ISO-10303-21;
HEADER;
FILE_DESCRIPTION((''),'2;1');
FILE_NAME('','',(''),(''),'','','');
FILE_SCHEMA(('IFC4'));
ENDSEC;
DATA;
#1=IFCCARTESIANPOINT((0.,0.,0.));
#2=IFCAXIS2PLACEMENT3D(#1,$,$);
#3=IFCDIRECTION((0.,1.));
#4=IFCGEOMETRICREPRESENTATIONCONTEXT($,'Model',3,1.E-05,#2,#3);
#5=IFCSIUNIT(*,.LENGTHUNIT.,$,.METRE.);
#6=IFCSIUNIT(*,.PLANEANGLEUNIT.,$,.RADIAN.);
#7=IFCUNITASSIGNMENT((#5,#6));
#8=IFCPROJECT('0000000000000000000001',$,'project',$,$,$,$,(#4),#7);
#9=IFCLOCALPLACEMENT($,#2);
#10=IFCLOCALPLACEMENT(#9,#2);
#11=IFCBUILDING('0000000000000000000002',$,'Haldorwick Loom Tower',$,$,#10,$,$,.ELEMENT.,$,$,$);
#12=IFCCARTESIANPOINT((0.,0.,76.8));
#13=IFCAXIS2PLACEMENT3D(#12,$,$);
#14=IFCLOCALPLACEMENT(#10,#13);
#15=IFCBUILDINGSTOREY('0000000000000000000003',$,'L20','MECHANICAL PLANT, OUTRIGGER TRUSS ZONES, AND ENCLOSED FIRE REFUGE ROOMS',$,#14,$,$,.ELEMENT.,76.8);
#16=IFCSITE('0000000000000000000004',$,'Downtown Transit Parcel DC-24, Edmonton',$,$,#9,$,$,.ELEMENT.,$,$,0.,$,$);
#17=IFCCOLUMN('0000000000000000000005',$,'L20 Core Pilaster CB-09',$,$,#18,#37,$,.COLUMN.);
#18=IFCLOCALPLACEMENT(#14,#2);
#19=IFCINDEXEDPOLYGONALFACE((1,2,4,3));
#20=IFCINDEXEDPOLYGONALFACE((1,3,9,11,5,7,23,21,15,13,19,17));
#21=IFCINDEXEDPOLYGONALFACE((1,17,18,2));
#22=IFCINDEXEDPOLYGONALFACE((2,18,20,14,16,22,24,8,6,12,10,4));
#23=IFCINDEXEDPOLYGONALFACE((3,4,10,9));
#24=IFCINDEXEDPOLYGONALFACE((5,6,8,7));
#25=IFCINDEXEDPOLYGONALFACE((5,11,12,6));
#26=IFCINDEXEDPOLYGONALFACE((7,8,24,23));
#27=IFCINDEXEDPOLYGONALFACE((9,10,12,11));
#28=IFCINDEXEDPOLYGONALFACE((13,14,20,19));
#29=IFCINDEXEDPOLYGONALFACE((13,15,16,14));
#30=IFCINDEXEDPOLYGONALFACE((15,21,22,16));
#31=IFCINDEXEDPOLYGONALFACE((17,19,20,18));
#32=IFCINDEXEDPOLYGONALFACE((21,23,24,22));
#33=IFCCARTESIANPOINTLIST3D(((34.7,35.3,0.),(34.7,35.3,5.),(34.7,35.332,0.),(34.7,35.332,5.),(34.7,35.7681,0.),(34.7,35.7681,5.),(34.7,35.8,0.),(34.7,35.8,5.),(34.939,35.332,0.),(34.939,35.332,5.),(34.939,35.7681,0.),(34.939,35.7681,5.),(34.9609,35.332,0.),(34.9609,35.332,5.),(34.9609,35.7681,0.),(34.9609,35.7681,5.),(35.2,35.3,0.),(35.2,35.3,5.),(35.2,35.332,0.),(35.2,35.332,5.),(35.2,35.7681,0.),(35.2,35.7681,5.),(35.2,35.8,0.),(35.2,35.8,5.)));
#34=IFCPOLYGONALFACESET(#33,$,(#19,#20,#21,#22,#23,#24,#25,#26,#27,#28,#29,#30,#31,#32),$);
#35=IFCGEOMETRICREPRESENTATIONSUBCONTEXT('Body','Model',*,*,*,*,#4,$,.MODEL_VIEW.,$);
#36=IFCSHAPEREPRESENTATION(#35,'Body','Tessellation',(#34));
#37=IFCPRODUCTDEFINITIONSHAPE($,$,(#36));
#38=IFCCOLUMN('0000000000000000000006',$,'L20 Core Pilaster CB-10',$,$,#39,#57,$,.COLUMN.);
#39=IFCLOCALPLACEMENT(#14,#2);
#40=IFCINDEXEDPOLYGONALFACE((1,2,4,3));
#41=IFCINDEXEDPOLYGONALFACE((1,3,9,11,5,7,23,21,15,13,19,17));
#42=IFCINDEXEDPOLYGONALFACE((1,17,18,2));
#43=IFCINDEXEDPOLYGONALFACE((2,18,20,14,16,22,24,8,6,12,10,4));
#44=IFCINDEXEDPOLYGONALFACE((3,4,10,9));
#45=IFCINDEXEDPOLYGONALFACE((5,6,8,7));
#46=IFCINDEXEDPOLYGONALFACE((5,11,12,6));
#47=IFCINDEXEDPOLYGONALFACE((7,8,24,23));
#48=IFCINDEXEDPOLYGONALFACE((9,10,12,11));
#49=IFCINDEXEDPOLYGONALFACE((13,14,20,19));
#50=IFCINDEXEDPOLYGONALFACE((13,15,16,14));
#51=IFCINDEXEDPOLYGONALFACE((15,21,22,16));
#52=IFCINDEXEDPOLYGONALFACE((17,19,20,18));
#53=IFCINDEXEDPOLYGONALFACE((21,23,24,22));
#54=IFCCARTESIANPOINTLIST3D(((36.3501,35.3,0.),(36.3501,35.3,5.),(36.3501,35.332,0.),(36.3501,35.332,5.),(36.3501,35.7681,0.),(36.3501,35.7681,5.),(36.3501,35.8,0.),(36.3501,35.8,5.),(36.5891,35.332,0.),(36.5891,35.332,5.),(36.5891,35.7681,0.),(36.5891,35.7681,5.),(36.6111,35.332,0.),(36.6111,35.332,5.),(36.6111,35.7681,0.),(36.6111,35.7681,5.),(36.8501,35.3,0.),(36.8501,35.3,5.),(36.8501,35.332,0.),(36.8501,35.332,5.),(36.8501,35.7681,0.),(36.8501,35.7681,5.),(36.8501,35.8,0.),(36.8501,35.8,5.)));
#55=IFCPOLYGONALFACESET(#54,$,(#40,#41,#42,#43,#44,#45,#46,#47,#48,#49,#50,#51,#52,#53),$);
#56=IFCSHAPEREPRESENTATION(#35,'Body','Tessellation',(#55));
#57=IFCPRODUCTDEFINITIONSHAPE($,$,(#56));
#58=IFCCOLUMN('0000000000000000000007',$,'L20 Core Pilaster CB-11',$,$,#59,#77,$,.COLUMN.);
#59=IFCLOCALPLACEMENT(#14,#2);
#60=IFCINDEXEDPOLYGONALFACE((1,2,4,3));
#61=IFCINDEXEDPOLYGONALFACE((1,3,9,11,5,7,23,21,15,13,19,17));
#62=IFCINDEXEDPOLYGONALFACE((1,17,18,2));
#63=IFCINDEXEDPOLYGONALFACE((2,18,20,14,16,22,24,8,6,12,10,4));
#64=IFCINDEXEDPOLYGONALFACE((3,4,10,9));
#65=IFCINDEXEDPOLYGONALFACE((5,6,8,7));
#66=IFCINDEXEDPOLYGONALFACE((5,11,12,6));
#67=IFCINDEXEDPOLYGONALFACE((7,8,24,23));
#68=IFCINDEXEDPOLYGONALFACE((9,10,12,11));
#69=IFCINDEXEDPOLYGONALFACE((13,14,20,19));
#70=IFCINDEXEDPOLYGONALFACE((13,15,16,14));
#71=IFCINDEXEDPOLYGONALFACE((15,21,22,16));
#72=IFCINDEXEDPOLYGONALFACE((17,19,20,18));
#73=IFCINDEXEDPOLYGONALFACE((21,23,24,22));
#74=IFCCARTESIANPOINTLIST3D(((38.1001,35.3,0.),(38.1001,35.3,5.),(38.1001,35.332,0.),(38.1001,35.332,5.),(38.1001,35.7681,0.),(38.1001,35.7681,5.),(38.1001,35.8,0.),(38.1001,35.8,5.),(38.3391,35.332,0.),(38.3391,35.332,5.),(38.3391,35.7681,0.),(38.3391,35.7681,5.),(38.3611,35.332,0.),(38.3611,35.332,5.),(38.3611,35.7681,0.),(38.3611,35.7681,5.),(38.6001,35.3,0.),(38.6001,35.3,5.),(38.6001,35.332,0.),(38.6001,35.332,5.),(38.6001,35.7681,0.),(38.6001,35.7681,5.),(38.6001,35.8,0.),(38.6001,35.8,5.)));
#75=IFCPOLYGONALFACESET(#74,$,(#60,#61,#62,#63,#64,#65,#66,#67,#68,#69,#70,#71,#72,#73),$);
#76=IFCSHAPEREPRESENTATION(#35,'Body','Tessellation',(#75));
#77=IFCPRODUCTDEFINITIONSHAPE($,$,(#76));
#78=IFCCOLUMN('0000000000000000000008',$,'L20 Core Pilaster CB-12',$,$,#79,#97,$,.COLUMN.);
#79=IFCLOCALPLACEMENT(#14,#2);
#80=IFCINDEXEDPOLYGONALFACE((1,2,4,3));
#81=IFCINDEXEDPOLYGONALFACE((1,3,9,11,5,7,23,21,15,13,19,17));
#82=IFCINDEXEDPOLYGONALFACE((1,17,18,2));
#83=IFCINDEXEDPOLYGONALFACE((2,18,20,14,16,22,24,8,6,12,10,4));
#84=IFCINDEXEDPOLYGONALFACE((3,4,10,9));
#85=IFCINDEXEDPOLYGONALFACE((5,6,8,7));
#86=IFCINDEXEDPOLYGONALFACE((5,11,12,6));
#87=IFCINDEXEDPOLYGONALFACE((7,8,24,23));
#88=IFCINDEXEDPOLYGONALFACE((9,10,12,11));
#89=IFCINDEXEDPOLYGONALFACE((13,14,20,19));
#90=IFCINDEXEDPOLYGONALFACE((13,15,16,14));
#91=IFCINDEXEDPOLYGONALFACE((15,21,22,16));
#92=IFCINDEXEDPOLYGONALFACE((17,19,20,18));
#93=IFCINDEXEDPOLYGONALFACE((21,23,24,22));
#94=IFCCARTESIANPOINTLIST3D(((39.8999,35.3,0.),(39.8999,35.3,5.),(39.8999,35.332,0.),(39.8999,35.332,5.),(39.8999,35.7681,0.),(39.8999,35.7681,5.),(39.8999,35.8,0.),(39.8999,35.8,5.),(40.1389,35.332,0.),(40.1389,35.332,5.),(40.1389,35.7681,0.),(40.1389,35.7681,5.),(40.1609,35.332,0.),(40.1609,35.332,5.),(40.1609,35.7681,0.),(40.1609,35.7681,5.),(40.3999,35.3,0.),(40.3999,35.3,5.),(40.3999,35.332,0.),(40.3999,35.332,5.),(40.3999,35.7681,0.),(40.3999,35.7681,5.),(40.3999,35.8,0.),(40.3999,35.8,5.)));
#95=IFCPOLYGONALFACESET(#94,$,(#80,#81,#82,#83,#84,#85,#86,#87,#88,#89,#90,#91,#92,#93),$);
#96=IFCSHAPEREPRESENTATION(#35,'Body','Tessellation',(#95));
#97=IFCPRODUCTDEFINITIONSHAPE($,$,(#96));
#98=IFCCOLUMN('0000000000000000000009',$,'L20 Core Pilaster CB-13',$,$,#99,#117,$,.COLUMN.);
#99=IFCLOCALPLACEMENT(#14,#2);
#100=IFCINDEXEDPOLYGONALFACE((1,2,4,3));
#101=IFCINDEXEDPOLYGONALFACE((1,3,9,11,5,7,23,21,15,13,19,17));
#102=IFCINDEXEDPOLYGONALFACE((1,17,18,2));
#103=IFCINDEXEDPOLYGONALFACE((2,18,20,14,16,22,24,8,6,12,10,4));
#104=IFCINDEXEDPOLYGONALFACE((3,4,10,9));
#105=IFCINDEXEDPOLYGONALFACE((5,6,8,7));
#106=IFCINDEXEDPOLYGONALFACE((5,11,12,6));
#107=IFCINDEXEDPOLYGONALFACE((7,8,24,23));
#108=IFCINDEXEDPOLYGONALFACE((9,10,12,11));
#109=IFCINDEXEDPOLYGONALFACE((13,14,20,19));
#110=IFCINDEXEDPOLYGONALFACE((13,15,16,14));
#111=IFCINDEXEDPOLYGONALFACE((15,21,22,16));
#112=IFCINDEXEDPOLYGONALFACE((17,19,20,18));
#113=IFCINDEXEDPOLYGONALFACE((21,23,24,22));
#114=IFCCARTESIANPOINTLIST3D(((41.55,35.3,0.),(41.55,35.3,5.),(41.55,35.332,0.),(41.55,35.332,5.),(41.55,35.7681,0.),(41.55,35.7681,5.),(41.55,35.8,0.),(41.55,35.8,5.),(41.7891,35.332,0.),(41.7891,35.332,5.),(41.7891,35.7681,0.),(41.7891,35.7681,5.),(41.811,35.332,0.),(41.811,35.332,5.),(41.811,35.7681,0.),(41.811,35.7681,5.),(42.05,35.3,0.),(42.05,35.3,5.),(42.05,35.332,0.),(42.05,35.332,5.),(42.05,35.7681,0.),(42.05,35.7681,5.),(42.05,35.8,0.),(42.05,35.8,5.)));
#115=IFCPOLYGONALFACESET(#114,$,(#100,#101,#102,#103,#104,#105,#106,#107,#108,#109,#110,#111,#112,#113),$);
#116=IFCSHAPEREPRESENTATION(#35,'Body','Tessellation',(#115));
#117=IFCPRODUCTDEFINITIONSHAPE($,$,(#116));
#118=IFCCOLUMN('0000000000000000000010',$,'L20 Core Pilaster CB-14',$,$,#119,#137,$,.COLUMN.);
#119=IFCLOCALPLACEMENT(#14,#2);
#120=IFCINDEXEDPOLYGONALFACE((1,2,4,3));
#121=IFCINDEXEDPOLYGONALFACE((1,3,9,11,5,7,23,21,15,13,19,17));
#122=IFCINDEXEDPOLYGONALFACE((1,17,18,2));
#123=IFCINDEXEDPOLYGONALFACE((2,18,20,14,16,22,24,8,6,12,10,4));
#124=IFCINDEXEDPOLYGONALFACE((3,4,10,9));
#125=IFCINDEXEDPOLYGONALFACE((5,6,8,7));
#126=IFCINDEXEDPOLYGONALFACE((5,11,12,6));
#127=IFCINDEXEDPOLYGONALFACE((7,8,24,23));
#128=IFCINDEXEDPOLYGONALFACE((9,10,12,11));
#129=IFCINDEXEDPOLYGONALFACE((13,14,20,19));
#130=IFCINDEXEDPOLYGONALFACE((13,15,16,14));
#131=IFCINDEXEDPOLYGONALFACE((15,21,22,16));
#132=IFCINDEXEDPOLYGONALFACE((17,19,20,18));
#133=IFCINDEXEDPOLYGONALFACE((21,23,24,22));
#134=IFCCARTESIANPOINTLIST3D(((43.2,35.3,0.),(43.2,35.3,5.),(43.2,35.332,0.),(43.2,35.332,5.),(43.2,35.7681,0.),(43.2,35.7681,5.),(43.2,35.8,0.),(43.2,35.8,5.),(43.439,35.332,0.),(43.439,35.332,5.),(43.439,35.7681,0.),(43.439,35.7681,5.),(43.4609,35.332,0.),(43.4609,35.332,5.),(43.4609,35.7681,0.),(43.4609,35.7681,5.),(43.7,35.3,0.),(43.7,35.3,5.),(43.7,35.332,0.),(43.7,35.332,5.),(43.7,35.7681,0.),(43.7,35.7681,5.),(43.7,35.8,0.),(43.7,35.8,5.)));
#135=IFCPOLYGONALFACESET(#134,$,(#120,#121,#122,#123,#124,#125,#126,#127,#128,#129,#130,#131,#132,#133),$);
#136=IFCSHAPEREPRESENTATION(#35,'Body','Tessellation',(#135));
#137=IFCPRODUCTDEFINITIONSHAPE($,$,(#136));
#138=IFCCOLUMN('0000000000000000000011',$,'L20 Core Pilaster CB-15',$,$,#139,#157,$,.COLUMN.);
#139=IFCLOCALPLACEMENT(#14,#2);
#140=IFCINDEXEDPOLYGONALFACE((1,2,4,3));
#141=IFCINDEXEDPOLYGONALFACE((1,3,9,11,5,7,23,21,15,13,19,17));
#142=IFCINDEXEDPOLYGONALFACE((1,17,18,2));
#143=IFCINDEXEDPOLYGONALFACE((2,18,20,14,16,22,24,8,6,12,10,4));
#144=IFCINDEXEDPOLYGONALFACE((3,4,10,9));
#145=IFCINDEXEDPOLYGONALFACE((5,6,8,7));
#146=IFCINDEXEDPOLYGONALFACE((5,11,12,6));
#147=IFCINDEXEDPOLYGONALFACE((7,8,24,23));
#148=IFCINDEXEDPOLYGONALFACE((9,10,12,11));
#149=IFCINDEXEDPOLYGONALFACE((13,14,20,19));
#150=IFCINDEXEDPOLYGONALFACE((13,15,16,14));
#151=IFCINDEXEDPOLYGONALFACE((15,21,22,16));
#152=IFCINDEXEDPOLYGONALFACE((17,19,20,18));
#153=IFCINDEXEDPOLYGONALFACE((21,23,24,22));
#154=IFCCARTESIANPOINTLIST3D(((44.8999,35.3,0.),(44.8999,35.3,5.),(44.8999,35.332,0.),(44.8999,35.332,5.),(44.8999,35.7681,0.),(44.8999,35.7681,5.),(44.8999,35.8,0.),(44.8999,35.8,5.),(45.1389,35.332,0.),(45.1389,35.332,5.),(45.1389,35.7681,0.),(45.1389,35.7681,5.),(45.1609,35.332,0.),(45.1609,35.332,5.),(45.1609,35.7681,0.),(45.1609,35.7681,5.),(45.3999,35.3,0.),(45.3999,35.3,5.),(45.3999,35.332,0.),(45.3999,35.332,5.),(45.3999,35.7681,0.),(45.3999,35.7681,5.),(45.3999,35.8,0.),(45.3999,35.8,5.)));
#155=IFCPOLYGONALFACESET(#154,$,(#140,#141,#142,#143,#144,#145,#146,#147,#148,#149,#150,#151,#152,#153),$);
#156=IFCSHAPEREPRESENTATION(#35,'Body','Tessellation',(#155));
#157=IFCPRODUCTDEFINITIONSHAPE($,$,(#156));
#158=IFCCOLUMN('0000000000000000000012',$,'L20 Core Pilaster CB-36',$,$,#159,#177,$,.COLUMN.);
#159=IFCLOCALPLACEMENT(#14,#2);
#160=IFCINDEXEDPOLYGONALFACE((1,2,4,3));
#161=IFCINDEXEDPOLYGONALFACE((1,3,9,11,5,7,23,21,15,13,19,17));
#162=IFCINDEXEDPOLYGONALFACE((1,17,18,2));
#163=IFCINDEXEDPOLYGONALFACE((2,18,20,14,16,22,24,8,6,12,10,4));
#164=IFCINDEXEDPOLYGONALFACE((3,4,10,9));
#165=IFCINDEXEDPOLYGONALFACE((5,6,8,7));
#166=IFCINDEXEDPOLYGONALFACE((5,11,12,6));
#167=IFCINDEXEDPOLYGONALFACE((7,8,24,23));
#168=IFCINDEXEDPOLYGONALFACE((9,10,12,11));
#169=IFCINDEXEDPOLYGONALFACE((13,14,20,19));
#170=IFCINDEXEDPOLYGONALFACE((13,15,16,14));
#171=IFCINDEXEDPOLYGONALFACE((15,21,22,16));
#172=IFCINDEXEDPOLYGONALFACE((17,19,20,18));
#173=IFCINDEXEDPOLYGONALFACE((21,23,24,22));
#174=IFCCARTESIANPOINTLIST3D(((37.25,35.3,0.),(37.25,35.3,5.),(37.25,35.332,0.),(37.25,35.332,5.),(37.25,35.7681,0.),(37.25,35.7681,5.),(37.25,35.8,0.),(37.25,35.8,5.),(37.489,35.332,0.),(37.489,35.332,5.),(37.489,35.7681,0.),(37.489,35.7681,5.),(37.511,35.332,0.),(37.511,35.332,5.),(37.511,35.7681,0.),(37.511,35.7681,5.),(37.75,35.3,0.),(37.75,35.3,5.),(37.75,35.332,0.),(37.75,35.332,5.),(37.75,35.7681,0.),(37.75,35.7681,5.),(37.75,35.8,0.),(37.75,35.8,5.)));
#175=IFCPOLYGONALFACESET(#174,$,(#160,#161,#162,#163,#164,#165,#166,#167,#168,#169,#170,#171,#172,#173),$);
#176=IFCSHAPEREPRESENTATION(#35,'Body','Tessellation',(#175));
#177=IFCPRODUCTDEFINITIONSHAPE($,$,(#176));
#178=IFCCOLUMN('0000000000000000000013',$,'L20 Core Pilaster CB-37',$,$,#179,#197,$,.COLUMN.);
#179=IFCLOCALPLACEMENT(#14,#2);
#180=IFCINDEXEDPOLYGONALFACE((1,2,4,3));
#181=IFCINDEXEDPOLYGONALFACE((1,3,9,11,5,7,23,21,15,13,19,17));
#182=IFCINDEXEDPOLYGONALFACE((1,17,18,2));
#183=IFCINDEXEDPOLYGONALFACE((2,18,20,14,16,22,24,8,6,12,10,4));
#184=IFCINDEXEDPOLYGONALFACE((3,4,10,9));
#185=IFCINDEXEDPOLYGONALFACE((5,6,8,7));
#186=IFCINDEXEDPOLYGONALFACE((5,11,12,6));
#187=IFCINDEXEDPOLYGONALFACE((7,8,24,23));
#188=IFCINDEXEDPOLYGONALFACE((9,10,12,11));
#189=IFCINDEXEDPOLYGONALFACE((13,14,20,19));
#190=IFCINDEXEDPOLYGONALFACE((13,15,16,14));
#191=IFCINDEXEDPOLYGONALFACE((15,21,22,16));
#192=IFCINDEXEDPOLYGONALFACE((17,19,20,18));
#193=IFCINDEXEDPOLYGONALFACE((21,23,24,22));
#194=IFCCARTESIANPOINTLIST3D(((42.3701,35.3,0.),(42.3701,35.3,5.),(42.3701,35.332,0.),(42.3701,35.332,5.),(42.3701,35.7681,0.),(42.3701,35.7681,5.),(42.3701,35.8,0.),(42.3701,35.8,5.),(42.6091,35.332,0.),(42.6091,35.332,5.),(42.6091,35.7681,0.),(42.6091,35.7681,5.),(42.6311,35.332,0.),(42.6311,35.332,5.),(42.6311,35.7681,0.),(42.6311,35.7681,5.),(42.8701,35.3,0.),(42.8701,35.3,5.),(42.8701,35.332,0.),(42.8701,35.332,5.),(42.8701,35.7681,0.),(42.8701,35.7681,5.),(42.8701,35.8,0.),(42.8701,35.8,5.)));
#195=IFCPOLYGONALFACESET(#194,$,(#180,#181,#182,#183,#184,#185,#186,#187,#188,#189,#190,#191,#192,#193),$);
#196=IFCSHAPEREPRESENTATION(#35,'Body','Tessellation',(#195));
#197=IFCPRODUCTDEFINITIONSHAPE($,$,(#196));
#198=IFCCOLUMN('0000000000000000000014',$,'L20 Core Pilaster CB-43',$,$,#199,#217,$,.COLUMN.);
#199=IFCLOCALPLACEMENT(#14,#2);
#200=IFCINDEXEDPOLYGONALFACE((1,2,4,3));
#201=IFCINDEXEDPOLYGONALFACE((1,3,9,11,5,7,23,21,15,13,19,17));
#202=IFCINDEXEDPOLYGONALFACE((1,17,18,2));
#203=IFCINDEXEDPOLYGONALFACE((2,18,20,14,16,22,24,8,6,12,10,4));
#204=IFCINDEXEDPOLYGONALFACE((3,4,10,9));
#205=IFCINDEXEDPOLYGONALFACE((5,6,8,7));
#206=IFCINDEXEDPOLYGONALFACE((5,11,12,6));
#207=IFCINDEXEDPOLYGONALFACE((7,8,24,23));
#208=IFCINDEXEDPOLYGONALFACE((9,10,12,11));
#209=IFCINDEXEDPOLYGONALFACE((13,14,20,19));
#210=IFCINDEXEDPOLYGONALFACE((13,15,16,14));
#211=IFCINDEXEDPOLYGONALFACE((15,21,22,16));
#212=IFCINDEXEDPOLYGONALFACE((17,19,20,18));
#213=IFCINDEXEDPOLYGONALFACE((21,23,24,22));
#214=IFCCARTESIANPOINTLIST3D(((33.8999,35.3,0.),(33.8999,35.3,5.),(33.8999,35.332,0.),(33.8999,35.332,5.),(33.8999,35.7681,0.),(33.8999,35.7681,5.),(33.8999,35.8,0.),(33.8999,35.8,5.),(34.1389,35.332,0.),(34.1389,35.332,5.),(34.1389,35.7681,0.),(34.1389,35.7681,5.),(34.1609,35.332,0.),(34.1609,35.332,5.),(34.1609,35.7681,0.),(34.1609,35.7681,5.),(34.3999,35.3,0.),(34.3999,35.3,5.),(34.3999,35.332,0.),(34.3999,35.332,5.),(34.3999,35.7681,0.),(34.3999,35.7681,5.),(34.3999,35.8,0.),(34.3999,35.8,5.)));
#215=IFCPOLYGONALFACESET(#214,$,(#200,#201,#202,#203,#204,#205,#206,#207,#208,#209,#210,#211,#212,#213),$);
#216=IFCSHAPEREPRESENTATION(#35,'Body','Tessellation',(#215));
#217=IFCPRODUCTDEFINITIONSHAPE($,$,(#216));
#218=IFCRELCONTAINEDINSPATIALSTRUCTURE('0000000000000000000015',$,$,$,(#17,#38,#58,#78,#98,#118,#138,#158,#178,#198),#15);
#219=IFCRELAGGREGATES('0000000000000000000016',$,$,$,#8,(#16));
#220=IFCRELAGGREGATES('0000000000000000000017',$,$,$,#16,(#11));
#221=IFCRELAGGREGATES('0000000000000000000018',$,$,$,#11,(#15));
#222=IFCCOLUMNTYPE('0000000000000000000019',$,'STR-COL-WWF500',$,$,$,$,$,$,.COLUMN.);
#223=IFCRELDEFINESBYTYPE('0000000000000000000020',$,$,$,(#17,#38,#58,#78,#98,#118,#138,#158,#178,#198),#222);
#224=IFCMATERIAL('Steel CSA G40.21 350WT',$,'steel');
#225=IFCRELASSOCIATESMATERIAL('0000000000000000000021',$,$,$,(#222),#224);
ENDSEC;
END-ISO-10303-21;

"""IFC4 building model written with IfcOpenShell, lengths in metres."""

from ifc_helpers import new_model, si_unit, direction, frame, origin, origin_2d, place, context, subcontext, project, spatial, i_section, extrude, material, material_profile, profile_set, type_object, element, save


model = new_model("IFC4")

# Units and contexts
model_context = context("Model", 3, precision=1e-05, world=origin(), true_north=direction((0.0, 1.0)))
body_context = subcontext(model_context, "Body", "Model", "MODEL_VIEW")
ifc_project = project(units=[si_unit("LENGTHUNIT", "METRE"), si_unit("PLANEANGLEUNIT", "RADIAN")], contexts=[model_context])

# Site, building, storey
site_placement = place(None, origin())
site = spatial("IfcSite", under=ifc_project, at=site_placement, Name="Downtown Transit Parcel DC-24, Edmonton", CompositionType="ELEMENT", RefElevation=0.0)
building_placement = place(site_placement, origin())
building = spatial("IfcBuilding", under=site, at=building_placement, Name="Haldorwick Loom Tower", CompositionType="ELEMENT")
storey_placement = place(building_placement, frame((0.0, 0.0, 76.8)))
storey = spatial("IfcBuildingStorey", under=building, at=storey_placement, Name="L20", Description="MECHANICAL PLANT, OUTRIGGER TRUSS ZONES, AND ENCLOSED FIRE REFUGE ROOMS", CompositionType="ELEMENT", Elevation=76.8)

# Columns
ifc_material_1 = material(Name="Steel CSA G40.21 350WT", Category="steel")
ifc_material_profile_1 = material_profile(ifc_material_1, i_section(OverallWidth=0.5, OverallDepth=0.5, WebThickness=0.022, FlangeThickness=0.032, at=origin_2d()), Name="WWF500X500", Category="steel")
ifc_profile_set_1 = profile_set([ifc_material_profile_1], Name="Steel CSA G40.21 350WT")
column_type = type_object("IfcColumnType", Name="STR-COL-WWF500", PredefinedType="COLUMN", material=ifc_profile_set_1)
for number, where, z_axis, x_axis, name in (
    (1, (34.95, 35.55, 0.0), (0.0, 0.0, 1.0), (1.0, 0.0, 0.0), "L20 Core Pilaster CB-09"),
    (2, (36.6001, 35.55, 0.0), (0.0, 0.0, 1.0), (1.0, 0.0, 0.0), "L20 Core Pilaster CB-10"),
    (3, (38.3501, 35.55, 0.0), (0.0, 0.0, 1.0), (1.0, 0.0, 0.0), "L20 Core Pilaster CB-11"),
    (4, (40.1499, 35.55, 0.0), (0.0, 0.0, 1.0), (1.0, 0.0, 0.0), "L20 Core Pilaster CB-12"),
    (5, (41.8, 35.55, 0.0), (0.0, 0.0, 1.0), (1.0, 0.0, 0.0), "L20 Core Pilaster CB-13"),
    (6, (43.45, 35.55, 0.0), (0.0, 0.0, 1.0), (1.0, 0.0, 0.0), "L20 Core Pilaster CB-14"),
    (7, (45.1499, 35.55, 0.0), (0.0, 0.0, 1.0), (1.0, 0.0, 0.0), "L20 Core Pilaster CB-15"),
    (8, (37.5, 35.55, 0.0), (0.0, 0.0, 1.0), (1.0, 0.0, 0.0), "L20 Core Pilaster CB-36"),
    (9, (42.6201, 35.55, 0.0), (0.0, 0.0, 1.0), (1.0, 0.0, 0.0), "L20 Core Pilaster CB-37"),
    (10, (34.1499, 35.55, 0.0), (0.0, 0.0, 1.0), (1.0, 0.0, 0.0), "L20 Core Pilaster CB-43"),
):
    element("IfcColumn", number, at=place(storey_placement, frame(where, z_axis=z_axis, x_axis=x_axis)), inside=storey, type_object=column_type, Name=name, PredefinedType="COLUMN", context=body_context, shape_type="SweptSolid", body=[
        extrude(i_section(OverallWidth=0.5, OverallDepth=0.5, WebThickness=0.022, FlangeThickness=0.032, at=origin_2d()), origin(), (0.0, 0.0, 1.0), 5.0),
    ])

save(model, "model.ifc")
